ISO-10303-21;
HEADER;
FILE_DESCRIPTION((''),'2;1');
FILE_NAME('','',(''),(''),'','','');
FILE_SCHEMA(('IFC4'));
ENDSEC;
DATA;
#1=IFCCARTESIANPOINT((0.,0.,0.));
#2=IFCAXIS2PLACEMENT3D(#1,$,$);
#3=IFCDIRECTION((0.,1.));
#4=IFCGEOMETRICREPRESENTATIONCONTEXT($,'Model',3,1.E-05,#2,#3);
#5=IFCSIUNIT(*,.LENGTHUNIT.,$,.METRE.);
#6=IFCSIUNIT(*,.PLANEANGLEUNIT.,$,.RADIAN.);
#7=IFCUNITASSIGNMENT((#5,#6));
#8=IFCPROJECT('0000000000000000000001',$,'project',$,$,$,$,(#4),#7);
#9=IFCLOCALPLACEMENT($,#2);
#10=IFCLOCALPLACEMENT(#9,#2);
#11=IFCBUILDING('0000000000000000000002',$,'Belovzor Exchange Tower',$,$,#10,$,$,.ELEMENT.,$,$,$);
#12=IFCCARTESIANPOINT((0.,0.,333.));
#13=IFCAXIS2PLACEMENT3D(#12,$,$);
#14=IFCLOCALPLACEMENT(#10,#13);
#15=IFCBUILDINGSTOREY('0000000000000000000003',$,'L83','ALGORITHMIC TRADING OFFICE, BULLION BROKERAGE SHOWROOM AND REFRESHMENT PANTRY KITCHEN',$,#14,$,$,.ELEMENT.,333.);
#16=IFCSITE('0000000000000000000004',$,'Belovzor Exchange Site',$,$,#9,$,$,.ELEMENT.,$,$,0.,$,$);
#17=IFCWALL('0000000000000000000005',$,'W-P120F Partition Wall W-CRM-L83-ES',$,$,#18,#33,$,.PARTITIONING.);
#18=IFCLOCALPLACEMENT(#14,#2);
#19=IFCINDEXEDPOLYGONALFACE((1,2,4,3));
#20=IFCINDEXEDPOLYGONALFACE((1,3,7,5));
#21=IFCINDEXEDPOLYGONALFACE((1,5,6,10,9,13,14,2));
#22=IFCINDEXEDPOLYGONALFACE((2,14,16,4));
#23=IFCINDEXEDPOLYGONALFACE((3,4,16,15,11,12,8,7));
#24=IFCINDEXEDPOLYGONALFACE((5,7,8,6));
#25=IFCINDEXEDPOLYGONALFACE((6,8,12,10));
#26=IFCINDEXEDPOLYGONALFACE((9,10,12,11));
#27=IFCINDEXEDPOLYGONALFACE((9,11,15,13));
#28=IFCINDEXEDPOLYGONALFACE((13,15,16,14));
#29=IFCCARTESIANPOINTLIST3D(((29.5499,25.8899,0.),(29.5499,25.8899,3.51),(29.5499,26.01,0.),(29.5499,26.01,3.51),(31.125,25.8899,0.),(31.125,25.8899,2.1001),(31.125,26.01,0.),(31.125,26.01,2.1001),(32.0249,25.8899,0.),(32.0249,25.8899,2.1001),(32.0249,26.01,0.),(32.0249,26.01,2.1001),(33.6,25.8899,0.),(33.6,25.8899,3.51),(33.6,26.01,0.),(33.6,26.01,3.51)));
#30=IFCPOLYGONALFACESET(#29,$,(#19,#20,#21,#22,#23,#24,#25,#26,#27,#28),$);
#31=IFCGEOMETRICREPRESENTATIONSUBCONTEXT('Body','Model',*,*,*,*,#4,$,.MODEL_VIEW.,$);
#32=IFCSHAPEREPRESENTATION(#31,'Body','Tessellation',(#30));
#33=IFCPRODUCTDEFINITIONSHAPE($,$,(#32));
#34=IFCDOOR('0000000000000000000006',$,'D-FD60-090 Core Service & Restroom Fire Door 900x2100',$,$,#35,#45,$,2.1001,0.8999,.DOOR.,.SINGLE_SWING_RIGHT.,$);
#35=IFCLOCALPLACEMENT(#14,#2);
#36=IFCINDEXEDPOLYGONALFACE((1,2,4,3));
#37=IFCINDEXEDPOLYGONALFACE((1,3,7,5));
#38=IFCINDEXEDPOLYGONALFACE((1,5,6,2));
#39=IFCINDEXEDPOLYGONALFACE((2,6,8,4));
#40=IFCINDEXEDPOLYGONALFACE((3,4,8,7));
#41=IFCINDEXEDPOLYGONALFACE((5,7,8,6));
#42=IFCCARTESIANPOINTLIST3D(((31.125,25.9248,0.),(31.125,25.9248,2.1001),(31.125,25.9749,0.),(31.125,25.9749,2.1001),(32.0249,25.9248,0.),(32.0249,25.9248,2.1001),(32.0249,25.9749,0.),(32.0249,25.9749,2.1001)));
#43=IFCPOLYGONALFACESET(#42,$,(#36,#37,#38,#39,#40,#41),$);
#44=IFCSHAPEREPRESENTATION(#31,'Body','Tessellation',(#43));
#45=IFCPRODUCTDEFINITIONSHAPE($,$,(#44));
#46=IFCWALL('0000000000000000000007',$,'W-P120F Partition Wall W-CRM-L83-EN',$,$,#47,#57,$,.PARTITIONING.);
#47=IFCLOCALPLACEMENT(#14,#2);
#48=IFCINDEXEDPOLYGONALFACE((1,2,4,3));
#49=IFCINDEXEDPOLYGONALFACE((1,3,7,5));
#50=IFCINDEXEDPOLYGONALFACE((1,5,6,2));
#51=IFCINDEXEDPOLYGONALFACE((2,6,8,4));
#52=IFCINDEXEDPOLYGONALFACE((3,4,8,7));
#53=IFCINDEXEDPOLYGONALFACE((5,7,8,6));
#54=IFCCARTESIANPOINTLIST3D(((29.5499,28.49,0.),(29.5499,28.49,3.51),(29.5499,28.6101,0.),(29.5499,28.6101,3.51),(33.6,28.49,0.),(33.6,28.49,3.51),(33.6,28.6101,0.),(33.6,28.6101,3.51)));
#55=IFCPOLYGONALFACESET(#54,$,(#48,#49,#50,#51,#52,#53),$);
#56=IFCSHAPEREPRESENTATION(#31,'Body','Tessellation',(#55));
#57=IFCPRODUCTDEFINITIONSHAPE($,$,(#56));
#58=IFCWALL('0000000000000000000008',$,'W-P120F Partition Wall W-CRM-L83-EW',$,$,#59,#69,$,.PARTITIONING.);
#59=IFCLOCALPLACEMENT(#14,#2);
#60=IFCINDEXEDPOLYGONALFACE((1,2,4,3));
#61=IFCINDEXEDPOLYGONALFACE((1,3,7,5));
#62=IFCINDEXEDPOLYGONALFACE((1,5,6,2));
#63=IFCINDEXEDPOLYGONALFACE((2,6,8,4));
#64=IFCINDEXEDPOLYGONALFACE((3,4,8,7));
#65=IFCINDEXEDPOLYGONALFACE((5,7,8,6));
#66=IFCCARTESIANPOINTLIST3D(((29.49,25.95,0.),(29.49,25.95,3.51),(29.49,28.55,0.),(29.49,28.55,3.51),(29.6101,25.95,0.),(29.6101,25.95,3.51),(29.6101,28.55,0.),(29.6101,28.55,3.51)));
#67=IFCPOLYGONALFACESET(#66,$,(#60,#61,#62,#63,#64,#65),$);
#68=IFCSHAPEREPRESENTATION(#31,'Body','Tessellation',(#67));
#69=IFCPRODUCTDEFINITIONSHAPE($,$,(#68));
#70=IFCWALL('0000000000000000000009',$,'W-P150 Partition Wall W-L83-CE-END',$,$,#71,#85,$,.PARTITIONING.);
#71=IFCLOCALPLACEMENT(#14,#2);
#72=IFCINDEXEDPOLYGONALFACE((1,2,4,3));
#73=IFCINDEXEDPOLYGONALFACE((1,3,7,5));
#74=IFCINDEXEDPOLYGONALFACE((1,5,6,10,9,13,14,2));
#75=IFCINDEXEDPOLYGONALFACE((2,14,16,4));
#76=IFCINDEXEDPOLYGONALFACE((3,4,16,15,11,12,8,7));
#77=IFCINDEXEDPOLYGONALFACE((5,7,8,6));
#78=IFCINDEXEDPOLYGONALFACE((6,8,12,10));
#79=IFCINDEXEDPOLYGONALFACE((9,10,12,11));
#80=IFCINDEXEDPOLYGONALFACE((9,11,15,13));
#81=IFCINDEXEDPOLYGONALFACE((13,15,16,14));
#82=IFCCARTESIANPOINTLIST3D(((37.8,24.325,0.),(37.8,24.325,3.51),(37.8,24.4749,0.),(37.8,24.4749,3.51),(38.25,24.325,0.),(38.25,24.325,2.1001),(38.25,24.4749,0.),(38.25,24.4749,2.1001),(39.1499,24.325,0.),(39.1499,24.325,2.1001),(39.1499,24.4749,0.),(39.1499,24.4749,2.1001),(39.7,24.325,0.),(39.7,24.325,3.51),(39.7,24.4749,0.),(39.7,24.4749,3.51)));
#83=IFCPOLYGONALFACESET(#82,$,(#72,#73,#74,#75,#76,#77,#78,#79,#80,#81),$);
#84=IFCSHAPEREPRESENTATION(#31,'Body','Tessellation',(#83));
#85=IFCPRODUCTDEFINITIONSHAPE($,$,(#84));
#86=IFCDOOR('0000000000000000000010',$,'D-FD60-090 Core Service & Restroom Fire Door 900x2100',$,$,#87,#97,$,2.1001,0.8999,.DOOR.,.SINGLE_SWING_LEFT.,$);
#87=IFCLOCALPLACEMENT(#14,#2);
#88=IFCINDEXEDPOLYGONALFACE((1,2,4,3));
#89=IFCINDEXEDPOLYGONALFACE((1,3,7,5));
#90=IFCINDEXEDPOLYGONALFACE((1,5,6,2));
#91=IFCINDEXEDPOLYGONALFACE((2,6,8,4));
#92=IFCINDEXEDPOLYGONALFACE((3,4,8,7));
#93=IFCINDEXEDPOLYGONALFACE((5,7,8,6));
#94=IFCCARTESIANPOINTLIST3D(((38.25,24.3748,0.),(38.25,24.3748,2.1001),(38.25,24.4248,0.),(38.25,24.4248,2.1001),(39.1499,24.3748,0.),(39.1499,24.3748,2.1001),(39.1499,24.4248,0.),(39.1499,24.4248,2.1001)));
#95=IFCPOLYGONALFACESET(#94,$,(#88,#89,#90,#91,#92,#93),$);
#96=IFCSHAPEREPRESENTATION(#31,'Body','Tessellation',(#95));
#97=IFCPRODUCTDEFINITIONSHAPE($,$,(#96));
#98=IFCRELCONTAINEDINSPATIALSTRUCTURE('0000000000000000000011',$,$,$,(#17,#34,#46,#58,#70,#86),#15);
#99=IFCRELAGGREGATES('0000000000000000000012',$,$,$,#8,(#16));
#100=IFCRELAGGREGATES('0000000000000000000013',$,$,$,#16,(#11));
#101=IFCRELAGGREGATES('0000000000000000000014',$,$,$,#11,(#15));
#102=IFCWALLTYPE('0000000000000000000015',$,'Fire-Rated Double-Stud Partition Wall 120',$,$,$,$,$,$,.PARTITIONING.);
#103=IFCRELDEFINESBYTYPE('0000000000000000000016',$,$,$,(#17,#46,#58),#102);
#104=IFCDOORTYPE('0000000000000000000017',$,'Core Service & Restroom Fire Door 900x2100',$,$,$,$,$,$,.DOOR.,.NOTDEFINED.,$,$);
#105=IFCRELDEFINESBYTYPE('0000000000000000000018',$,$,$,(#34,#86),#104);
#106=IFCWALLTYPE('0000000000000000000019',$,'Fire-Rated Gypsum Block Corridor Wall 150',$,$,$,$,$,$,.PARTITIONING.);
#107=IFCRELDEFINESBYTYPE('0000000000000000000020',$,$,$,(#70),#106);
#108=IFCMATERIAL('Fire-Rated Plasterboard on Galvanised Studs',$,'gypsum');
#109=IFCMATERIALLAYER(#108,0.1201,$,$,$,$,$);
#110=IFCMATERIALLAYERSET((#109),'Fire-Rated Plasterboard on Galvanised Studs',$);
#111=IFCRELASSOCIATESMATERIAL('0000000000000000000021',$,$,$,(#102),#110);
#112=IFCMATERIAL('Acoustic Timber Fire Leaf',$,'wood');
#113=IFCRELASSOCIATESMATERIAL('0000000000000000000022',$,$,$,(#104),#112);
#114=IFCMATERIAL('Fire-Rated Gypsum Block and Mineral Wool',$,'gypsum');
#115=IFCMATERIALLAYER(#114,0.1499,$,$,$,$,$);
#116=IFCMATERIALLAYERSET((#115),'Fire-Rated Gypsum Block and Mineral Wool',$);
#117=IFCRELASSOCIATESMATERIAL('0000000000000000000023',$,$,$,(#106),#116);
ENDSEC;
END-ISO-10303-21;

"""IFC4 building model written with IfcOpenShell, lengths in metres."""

from ifc_helpers import new_model, si_unit, direction, frame, frame_2d, origin, place, context, subcontext, project, spatial, rectangle, extrude, material, layer, layer_set, type_object, element, fill, save


model = new_model("IFC4")

# Units and contexts
model_context = context("Model", 3, precision=1e-05, world=origin(), true_north=direction((0.0, 1.0)))
body_context = subcontext(model_context, "Body", "Model", "MODEL_VIEW")
ifc_project = project(units=[si_unit("LENGTHUNIT", "METRE"), si_unit("PLANEANGLEUNIT", "RADIAN")], contexts=[model_context])

# Site, building, storey
site_placement = place(None, origin())
site = spatial("IfcSite", under=ifc_project, at=site_placement, Name="Belovzor Exchange Site", CompositionType="ELEMENT", RefElevation=0.0)
building_placement = place(site_placement, origin())
building = spatial("IfcBuilding", under=site, at=building_placement, Name="Belovzor Exchange Tower", CompositionType="ELEMENT")
storey_placement = place(building_placement, frame((0.0, 0.0, 333.0)))
storey = spatial("IfcBuildingStorey", under=building, at=storey_placement, Name="L83", Description="ALGORITHMIC TRADING OFFICE, BULLION BROKERAGE SHOWROOM AND REFRESHMENT PANTRY KITCHEN", CompositionType="ELEMENT", Elevation=333.0)

# Shared definitions
ifc_material_1 = material(Name="Fire-Rated Plasterboard on Galvanised Studs", Category="gypsum")
ifc_layer_1 = layer(ifc_material_1, 0.1201)
ifc_layer_set_1 = layer_set([ifc_layer_1], Name="Fire-Rated Plasterboard on Galvanised Studs")
wall_type_1 = type_object("IfcWallType", Name="Fire-Rated Double-Stud Partition Wall 120", PredefinedType="PARTITIONING", material=ifc_layer_set_1)
ifc_material_2 = material(Name="Acoustic Timber Fire Leaf", Category="wood")
door_type_1 = type_object("IfcDoorType", Name="Core Service & Restroom Fire Door 900x2100", OperationType="NOTDEFINED", PredefinedType="DOOR", material=ifc_material_2)

# Wall, opening, door
wall_1_placement = place(storey_placement, frame((29.55, 25.95, 0.0), z_axis=(0.0, 0.0, 1.0), x_axis=(1.0, 0.0, 0.0)))
wall_1 = element("IfcWall", 1, at=wall_1_placement, inside=storey, type_object=wall_type_1, Name="W-P120F Partition Wall W-CRM-L83-ES", PredefinedType="PARTITIONING", context=body_context, shape_type="SweptSolid", body=[
    extrude(rectangle(XDim=4.05, YDim=0.1201, at=frame_2d((2.0249, 0.0))), origin(), (0.0, 0.0, 1.0), 3.51),
])
opening_1_placement = place(wall_1_placement, frame((1.575, 0.0, 0.0)))
opening_1 = element("IfcOpeningElement", 2, at=opening_1_placement, cuts=wall_1, PredefinedType="OPENING", context=body_context, shape_type="SweptSolid", body=[
    extrude(rectangle(XDim=0.8999, YDim=2.1001, at=frame_2d((0.45, 1.05))), frame((0.0, 0.0701, 0.0), z_axis=(0.0, -1.0, 0.0), x_axis=(1.0, 0.0, 0.0)), (0.0, 0.0, 1.0), 0.1401),
])
door_1_placement = place(opening_1_placement, origin())
door_1 = element("IfcDoor", 3, at=door_1_placement, inside=storey, type_object=door_type_1, Name="D-FD60-090 Core Service & Restroom Fire Door 900x2100", OperationType="SINGLE_SWING_RIGHT", OverallHeight=2.1001, OverallWidth=0.8999, PredefinedType="DOOR", context=body_context, shape_type="SweptSolid", body=[
    extrude(rectangle(XDim=0.8999, YDim=2.1001, at=frame_2d((0.45, 1.05))), frame((0.0, 0.0249, 0.0), z_axis=(0.0, -1.0, 0.0), x_axis=(1.0, 0.0, 0.0)), (0.0, 0.0, 1.0), 0.05),
])
fill(opening_1, door_1)

# Walls
wall_2_placement = place(storey_placement, frame((29.55, 28.55, 0.0), z_axis=(0.0, 0.0, 1.0), x_axis=(1.0, 0.0, 0.0)))
element("IfcWall", 4, at=wall_2_placement, inside=storey, type_object=wall_type_1, Name="W-P120F Partition Wall W-CRM-L83-EN", PredefinedType="PARTITIONING", context=body_context, shape_type="SweptSolid", body=[
    extrude(rectangle(XDim=4.05, YDim=0.1201, at=frame_2d((2.0249, 0.0))), origin(), (0.0, 0.0, 1.0), 3.51),
])
wall_3_placement = place(storey_placement, frame((29.55, 25.95, 0.0), z_axis=(0.0, 0.0, 1.0), x_axis=(0.0, 1.0, 0.0)))
element("IfcWall", 5, at=wall_3_placement, inside=storey, type_object=wall_type_1, Name="W-P120F Partition Wall W-CRM-L83-EW", PredefinedType="PARTITIONING", context=body_context, shape_type="SweptSolid", body=[
    extrude(rectangle(XDim=2.6001, YDim=0.1201, at=frame_2d((1.3, 0.0))), origin(), (0.0, 0.0, 1.0), 3.51),
])

# Wall, opening, door
ifc_material_3 = material(Name="Fire-Rated Gypsum Block and Mineral Wool", Category="gypsum")
ifc_layer_2 = layer(ifc_material_3, 0.1499)
ifc_layer_set_2 = layer_set([ifc_layer_2], Name="Fire-Rated Gypsum Block and Mineral Wool")
wall_type_2 = type_object("IfcWallType", Name="Fire-Rated Gypsum Block Corridor Wall 150", PredefinedType="PARTITIONING", material=ifc_layer_set_2)
wall_4_placement = place(storey_placement, frame((37.8, 24.3999, 0.0), z_axis=(0.0, 0.0, 1.0), x_axis=(1.0, 0.0, 0.0)))
wall_4 = element("IfcWall", 6, at=wall_4_placement, inside=storey, type_object=wall_type_2, Name="W-P150 Partition Wall W-L83-CE-END", PredefinedType="PARTITIONING", context=body_context, shape_type="SweptSolid", body=[
    extrude(rectangle(XDim=1.8999, YDim=0.1499, at=frame_2d((0.95, 0.0))), origin(), (0.0, 0.0, 1.0), 3.51),
])
opening_2_placement = place(wall_4_placement, frame((0.45, 0.0, 0.0)))
opening_2 = element("IfcOpeningElement", 7, at=opening_2_placement, cuts=wall_4, PredefinedType="OPENING", context=body_context, shape_type="SweptSolid", body=[
    extrude(rectangle(XDim=0.8999, YDim=2.1001, at=frame_2d((0.45, 1.05))), frame((0.0, 0.085, 0.0), z_axis=(0.0, -1.0, 0.0), x_axis=(1.0, 0.0, 0.0)), (0.0, 0.0, 1.0), 0.1699),
])
door_2_placement = place(opening_2_placement, origin())
door_2 = element("IfcDoor", 8, at=door_2_placement, inside=storey, type_object=door_type_1, Name="D-FD60-090 Core Service & Restroom Fire Door 900x2100", OperationType="SINGLE_SWING_LEFT", OverallHeight=2.1001, OverallWidth=0.8999, PredefinedType="DOOR", context=body_context, shape_type="SweptSolid", body=[
    extrude(rectangle(XDim=0.8999, YDim=2.1001, at=frame_2d((0.45, 1.05))), frame((0.0, 0.0249, 0.0), z_axis=(0.0, -1.0, 0.0), x_axis=(1.0, 0.0, 0.0)), (0.0, 0.0, 1.0), 0.05),
])
fill(opening_2, door_2)

save(model, "model.ifc")
